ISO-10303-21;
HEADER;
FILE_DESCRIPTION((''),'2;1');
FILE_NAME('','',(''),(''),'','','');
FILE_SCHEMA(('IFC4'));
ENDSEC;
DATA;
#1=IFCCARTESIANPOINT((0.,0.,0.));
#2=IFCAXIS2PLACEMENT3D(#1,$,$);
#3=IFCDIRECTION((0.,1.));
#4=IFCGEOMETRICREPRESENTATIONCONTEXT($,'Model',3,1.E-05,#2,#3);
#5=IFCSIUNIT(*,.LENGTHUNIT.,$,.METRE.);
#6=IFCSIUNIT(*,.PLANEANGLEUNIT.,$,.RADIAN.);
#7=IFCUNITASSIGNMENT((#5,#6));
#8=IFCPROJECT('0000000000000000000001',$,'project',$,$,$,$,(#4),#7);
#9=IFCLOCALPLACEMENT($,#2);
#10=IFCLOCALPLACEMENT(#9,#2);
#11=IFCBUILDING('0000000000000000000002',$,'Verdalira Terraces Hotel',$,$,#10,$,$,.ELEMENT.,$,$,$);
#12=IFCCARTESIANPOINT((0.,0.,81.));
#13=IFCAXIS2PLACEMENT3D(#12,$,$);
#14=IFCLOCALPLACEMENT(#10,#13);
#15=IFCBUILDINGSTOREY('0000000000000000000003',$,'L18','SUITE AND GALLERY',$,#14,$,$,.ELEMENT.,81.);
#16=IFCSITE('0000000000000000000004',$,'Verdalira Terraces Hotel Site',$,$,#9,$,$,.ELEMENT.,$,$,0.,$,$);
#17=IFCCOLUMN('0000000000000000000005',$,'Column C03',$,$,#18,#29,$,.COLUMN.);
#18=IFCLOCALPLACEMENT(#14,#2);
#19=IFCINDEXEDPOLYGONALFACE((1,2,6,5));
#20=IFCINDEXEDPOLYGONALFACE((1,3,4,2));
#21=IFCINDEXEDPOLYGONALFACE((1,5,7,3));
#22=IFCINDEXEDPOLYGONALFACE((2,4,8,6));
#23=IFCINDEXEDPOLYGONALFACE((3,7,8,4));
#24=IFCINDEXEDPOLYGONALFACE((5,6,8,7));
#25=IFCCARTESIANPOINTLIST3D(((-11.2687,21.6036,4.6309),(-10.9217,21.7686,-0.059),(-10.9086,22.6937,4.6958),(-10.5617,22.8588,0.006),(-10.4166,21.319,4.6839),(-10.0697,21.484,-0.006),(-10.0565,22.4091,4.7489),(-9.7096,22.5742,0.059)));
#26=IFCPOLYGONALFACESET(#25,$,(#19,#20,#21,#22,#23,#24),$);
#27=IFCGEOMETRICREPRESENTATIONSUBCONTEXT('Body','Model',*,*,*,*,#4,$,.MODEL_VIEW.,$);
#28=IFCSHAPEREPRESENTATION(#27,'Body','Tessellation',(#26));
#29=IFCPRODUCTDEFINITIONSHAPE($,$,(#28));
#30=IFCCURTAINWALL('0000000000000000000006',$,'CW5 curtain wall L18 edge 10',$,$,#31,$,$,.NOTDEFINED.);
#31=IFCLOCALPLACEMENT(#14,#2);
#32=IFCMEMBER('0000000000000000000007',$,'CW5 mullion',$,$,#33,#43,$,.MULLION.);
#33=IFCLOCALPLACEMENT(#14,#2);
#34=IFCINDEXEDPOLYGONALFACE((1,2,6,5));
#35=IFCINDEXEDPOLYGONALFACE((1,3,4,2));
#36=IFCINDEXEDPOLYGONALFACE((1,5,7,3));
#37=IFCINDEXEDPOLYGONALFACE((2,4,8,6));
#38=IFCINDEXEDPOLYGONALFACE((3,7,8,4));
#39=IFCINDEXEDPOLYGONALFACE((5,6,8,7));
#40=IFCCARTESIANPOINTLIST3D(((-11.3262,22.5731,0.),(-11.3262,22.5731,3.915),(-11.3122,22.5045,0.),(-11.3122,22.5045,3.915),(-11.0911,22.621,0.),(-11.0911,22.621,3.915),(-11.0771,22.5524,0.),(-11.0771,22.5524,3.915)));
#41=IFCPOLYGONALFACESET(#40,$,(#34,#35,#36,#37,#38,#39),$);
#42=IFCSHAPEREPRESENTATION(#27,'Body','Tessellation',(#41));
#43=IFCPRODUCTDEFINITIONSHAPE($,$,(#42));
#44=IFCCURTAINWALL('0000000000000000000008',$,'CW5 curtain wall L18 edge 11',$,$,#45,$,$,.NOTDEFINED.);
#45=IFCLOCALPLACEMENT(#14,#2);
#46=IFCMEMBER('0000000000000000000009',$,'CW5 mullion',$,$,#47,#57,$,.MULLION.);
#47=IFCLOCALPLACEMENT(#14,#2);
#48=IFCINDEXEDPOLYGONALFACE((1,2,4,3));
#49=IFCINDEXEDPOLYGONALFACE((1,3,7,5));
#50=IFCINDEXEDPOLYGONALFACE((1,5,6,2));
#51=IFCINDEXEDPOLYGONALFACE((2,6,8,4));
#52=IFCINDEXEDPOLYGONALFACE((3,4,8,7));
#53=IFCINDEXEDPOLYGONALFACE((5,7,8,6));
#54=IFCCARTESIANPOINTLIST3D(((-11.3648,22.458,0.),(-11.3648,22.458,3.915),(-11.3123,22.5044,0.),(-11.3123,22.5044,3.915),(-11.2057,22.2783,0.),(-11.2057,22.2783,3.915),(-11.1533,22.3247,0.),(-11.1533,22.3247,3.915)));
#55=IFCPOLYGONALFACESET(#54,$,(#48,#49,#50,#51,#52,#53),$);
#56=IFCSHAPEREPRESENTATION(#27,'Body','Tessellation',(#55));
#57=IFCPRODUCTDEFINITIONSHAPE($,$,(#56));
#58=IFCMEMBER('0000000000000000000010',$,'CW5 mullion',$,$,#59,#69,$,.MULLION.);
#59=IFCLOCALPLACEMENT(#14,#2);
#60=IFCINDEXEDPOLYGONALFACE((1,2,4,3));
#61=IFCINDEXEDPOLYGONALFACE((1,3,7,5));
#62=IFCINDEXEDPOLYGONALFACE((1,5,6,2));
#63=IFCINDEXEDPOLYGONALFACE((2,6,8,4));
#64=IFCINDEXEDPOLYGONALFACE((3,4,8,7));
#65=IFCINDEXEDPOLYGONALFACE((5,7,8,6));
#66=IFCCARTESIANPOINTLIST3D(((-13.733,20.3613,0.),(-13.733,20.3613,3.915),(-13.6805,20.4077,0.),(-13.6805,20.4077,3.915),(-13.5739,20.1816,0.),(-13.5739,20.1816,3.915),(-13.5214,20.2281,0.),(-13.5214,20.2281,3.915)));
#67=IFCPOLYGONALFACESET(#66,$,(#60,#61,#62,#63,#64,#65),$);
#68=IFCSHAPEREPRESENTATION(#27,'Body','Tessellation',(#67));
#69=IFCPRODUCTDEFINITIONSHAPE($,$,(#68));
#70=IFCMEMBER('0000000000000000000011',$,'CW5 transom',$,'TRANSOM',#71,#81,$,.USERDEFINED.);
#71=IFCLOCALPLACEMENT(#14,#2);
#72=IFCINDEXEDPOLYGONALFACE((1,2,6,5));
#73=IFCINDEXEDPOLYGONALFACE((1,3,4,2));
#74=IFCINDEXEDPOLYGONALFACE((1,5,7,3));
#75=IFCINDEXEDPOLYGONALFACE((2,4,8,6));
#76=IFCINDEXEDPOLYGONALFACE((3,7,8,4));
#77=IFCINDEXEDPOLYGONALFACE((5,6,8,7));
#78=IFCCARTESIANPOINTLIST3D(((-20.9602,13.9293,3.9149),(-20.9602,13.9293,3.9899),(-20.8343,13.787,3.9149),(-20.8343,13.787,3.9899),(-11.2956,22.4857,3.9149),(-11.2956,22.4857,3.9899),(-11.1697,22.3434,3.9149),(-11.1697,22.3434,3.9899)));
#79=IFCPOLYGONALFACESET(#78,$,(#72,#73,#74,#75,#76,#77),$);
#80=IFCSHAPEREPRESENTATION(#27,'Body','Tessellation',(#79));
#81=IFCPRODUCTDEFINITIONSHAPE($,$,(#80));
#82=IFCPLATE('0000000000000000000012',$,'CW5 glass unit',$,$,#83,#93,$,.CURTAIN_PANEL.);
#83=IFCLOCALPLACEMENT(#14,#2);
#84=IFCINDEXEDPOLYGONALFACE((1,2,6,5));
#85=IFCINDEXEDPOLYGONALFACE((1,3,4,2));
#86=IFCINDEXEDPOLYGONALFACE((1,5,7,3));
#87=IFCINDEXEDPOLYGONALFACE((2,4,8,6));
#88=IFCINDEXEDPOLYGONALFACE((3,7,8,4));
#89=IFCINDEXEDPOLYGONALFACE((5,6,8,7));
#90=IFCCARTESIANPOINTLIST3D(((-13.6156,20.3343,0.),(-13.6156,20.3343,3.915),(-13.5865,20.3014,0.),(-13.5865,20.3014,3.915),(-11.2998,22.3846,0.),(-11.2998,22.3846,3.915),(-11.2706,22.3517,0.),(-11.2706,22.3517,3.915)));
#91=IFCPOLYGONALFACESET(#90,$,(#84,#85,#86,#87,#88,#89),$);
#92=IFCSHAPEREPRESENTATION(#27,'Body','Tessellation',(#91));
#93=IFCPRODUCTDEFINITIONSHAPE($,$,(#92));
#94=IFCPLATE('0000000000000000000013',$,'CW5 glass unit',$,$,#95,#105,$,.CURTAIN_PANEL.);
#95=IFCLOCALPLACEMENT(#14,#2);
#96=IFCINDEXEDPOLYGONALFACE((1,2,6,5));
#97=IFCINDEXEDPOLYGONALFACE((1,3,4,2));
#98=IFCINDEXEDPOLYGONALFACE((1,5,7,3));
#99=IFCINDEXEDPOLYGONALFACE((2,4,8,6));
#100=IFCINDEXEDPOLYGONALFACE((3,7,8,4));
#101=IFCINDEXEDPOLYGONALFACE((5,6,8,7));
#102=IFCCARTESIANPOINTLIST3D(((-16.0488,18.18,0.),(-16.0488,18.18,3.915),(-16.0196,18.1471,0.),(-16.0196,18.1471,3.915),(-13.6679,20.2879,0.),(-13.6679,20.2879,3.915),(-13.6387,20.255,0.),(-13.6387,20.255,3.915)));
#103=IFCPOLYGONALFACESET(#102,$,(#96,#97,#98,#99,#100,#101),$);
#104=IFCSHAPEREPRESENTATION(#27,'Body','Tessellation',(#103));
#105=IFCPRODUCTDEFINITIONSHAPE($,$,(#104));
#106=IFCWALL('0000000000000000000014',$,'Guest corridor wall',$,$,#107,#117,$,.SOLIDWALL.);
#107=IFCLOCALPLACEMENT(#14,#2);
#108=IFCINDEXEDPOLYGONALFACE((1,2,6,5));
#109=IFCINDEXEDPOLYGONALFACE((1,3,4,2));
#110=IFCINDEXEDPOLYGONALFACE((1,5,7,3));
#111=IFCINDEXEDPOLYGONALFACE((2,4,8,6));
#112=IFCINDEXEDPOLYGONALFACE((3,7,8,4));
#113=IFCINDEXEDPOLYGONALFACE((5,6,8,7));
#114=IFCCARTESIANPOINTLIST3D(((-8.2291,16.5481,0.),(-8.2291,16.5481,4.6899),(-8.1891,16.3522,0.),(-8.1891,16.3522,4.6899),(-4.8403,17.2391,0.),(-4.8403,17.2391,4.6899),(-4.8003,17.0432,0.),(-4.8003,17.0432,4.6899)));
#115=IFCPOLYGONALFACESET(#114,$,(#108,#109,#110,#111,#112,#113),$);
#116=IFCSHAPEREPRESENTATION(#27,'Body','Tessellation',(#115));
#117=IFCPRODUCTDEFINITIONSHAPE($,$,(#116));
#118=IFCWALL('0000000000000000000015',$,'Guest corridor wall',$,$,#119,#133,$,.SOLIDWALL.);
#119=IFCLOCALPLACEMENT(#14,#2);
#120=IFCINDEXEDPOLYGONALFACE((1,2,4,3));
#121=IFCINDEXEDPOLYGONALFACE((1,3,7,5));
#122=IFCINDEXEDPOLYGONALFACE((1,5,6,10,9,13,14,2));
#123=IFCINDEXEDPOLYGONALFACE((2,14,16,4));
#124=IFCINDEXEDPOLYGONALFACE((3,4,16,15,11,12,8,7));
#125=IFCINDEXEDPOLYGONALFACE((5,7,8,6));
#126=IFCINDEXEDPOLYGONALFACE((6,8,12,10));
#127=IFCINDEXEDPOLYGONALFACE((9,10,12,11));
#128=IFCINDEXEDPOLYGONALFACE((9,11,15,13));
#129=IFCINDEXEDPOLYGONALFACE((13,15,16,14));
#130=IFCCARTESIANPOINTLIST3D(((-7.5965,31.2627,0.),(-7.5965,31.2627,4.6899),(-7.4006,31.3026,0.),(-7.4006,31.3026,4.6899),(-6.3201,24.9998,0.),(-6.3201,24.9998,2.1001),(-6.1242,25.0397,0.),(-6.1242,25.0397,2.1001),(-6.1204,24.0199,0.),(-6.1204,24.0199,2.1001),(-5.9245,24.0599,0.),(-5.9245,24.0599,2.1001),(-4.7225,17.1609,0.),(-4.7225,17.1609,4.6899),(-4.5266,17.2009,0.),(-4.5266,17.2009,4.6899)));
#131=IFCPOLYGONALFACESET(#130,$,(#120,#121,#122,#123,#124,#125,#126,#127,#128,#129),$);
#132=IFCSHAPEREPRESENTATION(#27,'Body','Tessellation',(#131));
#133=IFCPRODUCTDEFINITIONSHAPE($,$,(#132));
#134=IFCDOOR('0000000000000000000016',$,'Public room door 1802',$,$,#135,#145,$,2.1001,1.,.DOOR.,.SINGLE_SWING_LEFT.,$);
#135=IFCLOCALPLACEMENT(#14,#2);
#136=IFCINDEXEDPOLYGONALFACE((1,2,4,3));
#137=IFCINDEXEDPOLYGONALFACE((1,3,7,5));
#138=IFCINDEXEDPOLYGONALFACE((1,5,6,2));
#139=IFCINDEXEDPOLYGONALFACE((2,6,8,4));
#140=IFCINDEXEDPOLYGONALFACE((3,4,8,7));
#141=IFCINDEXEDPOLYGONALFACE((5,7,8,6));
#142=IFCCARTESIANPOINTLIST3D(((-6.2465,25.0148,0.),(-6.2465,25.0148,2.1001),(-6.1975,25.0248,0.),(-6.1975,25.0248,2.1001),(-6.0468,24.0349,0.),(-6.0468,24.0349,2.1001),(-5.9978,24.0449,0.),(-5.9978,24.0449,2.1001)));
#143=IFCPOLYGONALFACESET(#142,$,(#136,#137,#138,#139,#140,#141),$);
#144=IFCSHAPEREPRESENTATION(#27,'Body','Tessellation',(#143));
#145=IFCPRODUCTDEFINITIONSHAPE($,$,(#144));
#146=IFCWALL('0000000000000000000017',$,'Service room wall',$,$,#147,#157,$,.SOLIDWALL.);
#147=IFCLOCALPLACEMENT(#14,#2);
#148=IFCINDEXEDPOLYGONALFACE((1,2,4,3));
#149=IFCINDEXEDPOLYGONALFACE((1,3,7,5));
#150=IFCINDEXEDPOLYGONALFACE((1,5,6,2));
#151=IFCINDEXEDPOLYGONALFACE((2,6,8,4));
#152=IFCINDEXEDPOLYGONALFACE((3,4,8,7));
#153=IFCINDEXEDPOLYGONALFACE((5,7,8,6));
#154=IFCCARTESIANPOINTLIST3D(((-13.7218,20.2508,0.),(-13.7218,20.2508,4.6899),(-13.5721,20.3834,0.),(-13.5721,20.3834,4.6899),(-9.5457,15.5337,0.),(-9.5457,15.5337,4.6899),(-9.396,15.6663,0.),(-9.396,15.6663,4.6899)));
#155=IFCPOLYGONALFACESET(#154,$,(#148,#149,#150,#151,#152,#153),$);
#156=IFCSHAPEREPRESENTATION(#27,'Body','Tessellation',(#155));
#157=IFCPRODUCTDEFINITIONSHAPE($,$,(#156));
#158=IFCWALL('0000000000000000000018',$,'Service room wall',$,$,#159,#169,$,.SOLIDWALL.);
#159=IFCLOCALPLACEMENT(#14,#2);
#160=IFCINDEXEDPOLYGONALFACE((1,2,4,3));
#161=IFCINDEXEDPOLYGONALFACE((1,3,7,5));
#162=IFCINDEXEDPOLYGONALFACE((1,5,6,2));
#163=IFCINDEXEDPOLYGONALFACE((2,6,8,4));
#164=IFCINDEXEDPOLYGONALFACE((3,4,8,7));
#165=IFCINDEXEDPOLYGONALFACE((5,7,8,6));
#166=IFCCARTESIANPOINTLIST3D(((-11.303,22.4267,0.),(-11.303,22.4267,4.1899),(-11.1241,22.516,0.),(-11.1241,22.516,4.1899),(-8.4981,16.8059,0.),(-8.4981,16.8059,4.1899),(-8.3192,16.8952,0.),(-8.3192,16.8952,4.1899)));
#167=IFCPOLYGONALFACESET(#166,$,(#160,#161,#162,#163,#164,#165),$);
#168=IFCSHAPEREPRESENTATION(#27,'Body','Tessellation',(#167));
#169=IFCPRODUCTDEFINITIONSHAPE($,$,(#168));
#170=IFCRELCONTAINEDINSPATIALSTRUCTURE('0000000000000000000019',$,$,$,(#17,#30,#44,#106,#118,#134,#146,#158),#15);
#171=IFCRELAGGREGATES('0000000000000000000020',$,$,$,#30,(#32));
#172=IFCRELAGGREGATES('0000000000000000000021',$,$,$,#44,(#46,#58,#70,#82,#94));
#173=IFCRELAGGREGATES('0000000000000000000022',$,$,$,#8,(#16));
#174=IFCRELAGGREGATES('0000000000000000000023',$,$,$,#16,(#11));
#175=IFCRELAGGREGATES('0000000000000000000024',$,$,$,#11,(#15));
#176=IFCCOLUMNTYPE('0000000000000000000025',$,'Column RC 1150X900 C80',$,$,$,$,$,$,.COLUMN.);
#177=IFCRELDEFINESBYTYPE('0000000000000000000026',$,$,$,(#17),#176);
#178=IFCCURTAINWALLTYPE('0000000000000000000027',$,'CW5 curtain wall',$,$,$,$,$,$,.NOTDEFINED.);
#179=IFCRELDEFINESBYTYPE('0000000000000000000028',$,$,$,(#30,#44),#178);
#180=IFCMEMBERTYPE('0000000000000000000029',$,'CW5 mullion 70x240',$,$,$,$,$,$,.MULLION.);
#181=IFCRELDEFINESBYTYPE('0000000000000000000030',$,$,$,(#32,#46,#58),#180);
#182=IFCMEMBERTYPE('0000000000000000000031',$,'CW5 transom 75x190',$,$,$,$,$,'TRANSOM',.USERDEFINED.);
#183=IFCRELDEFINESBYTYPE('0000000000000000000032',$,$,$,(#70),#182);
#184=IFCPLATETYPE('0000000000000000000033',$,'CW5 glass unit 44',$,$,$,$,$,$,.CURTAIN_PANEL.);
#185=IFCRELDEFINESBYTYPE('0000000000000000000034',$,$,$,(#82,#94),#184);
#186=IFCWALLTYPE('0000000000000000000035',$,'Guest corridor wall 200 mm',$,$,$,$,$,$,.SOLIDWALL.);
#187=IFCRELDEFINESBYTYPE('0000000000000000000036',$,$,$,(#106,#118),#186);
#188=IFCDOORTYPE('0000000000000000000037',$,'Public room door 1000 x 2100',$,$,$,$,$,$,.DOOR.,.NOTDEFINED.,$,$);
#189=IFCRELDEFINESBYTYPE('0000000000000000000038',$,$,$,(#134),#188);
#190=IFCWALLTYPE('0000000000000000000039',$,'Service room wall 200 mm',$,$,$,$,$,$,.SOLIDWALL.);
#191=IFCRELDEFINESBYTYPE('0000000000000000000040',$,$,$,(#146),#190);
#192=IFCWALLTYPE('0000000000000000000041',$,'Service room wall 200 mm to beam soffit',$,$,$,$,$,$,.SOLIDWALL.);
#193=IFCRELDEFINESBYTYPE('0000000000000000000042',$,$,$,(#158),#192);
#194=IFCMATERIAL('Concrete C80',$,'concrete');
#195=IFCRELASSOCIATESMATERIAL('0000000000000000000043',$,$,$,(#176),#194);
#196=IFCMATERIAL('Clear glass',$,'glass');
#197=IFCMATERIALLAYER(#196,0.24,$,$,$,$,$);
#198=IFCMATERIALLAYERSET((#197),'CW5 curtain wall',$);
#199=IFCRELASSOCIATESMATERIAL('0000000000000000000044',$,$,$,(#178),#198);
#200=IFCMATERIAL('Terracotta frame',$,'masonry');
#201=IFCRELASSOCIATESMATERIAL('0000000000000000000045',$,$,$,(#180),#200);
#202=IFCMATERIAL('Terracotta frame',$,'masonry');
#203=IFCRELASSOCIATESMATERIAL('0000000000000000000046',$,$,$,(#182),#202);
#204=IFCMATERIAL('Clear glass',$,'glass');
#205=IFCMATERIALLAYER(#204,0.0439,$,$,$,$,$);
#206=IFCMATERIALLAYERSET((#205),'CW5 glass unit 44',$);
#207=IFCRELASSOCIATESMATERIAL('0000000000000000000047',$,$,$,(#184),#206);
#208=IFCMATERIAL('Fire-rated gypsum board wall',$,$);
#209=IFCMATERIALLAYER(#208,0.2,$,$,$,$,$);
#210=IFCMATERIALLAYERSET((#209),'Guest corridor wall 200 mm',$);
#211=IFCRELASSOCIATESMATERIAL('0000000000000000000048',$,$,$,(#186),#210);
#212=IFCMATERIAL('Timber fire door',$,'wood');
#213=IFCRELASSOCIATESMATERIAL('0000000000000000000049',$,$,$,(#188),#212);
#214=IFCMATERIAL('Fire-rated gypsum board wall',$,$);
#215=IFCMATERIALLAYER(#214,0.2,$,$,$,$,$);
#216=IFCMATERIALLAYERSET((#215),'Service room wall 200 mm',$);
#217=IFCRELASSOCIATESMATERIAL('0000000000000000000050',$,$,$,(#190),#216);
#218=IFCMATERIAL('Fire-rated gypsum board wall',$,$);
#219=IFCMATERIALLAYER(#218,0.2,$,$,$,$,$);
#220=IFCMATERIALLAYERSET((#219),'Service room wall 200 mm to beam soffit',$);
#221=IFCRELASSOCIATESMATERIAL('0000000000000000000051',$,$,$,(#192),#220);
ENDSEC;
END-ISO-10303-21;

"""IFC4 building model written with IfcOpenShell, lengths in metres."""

from ifc_helpers import new_model, si_unit, direction, frame, frame_2d, origin, origin_2d, place, context, subcontext, project, spatial, rectangle, extrude, material, layer, layer_set, material_profile, profile_set, type_object, element, fill, aggregate, save


model = new_model("IFC4")

# Units and contexts
model_context = context("Model", 3, precision=1e-05, world=origin(), true_north=direction((0.0, 1.0)))
body_context = subcontext(model_context, "Body", "Model", "MODEL_VIEW")
ifc_project = project(units=[si_unit("LENGTHUNIT", "METRE"), si_unit("PLANEANGLEUNIT", "RADIAN")], contexts=[model_context])

# Site, building, storey
site_placement = place(None, origin())
site = spatial("IfcSite", under=ifc_project, at=site_placement, Name="Verdalira Terraces Hotel Site", CompositionType="ELEMENT", RefElevation=0.0)
building_placement = place(site_placement, origin())
building = spatial("IfcBuilding", under=site, at=building_placement, Name="Verdalira Terraces Hotel", CompositionType="ELEMENT")
storey_placement = place(building_placement, frame((0.0, 0.0, 81.0)))
storey = spatial("IfcBuildingStorey", under=building, at=storey_placement, Name="L18", Description="SUITE AND GALLERY", CompositionType="ELEMENT", Elevation=81.0)

# Column
ifc_material_1 = material(Name="Concrete C80", Category="concrete")
ifc_material_profile_1 = material_profile(ifc_material_1, rectangle(XDim=1.1499, YDim=0.8999, at=origin_2d()), Name="RC 1150X900")
ifc_profile_set_1 = profile_set([ifc_material_profile_1], Name="Concrete C80")
column_type = type_object("IfcColumnType", Name="Column RC 1150X900 C80", PredefinedType="COLUMN", material=ifc_profile_set_1)
column_placement = place(storey_placement, frame((-10.3157, 22.1714, 0.0), z_axis=(-0.073725, -0.035073, 0.996662), x_axis=(0.313129, 0.948027, 0.056524)))
element("IfcColumn", 1, at=column_placement, inside=storey, type_object=column_type, Name="Column C03", PredefinedType="COLUMN", context=body_context, shape_type="SweptSolid", body=[
    extrude(rectangle(XDim=1.1499, YDim=0.8999, at=origin_2d()), origin(), (0.0, 0.0, 1.0), 4.7056),
])

# Curtain wall, member
ifc_material_2 = material(Name="Clear glass", Category="glass")
ifc_layer_1 = layer(ifc_material_2, 0.24)
ifc_layer_set_1 = layer_set([ifc_layer_1], Name="CW5 curtain wall")
curtain_wall_type = type_object("IfcCurtainWallType", Name="CW5 curtain wall", PredefinedType="NOTDEFINED", material=ifc_layer_set_1)
curtain_wall_1_placement = place(storey_placement, origin())
curtain_wall_1 = element("IfcCurtainWall", 2, at=curtain_wall_1_placement, inside=storey, type_object=curtain_wall_type, Name="CW5 curtain wall L18 edge 10", PredefinedType="NOTDEFINED")
ifc_material_3 = material(Name="Terracotta frame", Category="masonry")
ifc_material_profile_2 = material_profile(ifc_material_3, rectangle(XDim=0.0701, YDim=0.24, at=origin_2d()), Name="MU 70x240")
ifc_profile_set_2 = profile_set([ifc_material_profile_2], Name="Terracotta frame")
member_type_1 = type_object("IfcMemberType", Name="CW5 mullion 70x240", PredefinedType="MULLION", material=ifc_profile_set_2)
member_1_placement = place(storey_placement, frame((-11.2017, 22.5627, 0.0), z_axis=(0.0, 0.0, 1.0), x_axis=(0.19971, -0.979855, 0.0)))
member_1 = element("IfcMember", 3, at=member_1_placement, type_object=member_type_1, Name="CW5 mullion", PredefinedType="MULLION", context=body_context, shape_type="SweptSolid", body=[
    extrude(rectangle(XDim=0.0701, YDim=0.24, at=origin_2d()), origin(), (0.0, 0.0, 1.0), 3.915),
])
aggregate(curtain_wall_1, [member_1])

# Curtain wall, members, plates
curtain_wall_2_placement = place(storey_placement, origin())
curtain_wall_2 = element("IfcCurtainWall", 4, at=curtain_wall_2_placement, inside=storey, type_object=curtain_wall_type, Name="CW5 curtain wall L18 edge 11", PredefinedType="NOTDEFINED")
member_2_placement = place(storey_placement, frame((-11.259, 22.3914, 0.0), z_axis=(0.0, 0.0, 1.0), x_axis=(-0.748724, -0.662881, 0.0)))
member_2 = element("IfcMember", 5, at=member_2_placement, type_object=member_type_1, Name="CW5 mullion", PredefinedType="MULLION", context=body_context, shape_type="SweptSolid", body=[
    extrude(rectangle(XDim=0.0701, YDim=0.24, at=origin_2d()), origin(), (0.0, 0.0, 1.0), 3.915),
])
member_3_placement = place(storey_placement, frame((-13.6272, 20.2947, 0.0), z_axis=(0.0, 0.0, 1.0), x_axis=(-0.748724, -0.662881, 0.0)))
member_3 = element("IfcMember", 6, at=member_3_placement, type_object=member_type_1, Name="CW5 mullion", PredefinedType="MULLION", context=body_context, shape_type="SweptSolid", body=[
    extrude(rectangle(XDim=0.0701, YDim=0.24, at=origin_2d()), origin(), (0.0, 0.0, 1.0), 3.915),
])
ifc_material_4 = material(Name="Terracotta frame", Category="masonry")
ifc_material_profile_3 = material_profile(ifc_material_4, rectangle(XDim=0.1899, YDim=0.075, at=origin_2d()), Name="TR 75x190")
ifc_profile_set_3 = profile_set([ifc_material_profile_3], Name="Terracotta frame")
member_type_2 = type_object("IfcMemberType", Name="CW5 transom 75x190", ElementType="TRANSOM", PredefinedType="USERDEFINED", material=ifc_profile_set_3)
member_4_placement = place(storey_placement, frame((-11.2327, 22.4146, 3.9524), z_axis=(-0.748728, -0.662877, 0.0), x_axis=(0.662877, -0.748728, 0.0)))
member_4 = element("IfcMember", 7, at=member_4_placement, type_object=member_type_2, Name="CW5 transom", ObjectType="TRANSOM", PredefinedType="USERDEFINED", context=body_context, shape_type="SweptSolid", body=[
    extrude(rectangle(XDim=0.1899, YDim=0.075, at=origin_2d()), origin(), (0.0, 0.0, 1.0), 12.908),
])
ifc_material_5 = material(Name="Clear glass", Category="glass")
ifc_layer_2 = layer(ifc_material_5, 0.0439)
ifc_layer_set_2 = layer_set([ifc_layer_2], Name="CW5 glass unit 44")
plate_type = type_object("IfcPlateType", Name="CW5 glass unit 44", PredefinedType="CURTAIN_PANEL", material=ifc_layer_set_2)
plate_1_placement = place(storey_placement, frame((-12.4431, 21.343, 0.0), z_axis=(0.0, 0.0, 1.0), x_axis=(-0.748724, -0.662881, 0.0)))
plate_1 = element("IfcPlate", 8, at=plate_1_placement, type_object=plate_type, Name="CW5 glass unit", PredefinedType="CURTAIN_PANEL", context=body_context, shape_type="SweptSolid", body=[
    extrude(rectangle(XDim=3.093, YDim=0.0439, at=origin_2d()), origin(), (0.0, 0.0, 1.0), 3.915),
])
plate_2_placement = place(storey_placement, frame((-14.8438, 19.2175, 0.0), z_axis=(0.0, 0.0, 1.0), x_axis=(-0.748724, -0.662881, 0.0)))
plate_2 = element("IfcPlate", 9, at=plate_2_placement, type_object=plate_type, Name="CW5 glass unit", PredefinedType="CURTAIN_PANEL", context=body_context, shape_type="SweptSolid", body=[
    extrude(rectangle(XDim=3.1799, YDim=0.0439, at=origin_2d()), origin(), (0.0, 0.0, 1.0), 3.915),
])
aggregate(curtain_wall_2, [member_2, member_3, member_4, plate_1, plate_2])

# Wall
ifc_material_6 = material(Name="Fire-rated gypsum board wall")
ifc_layer_3 = layer(ifc_material_6, 0.2)
ifc_layer_set_3 = layer_set([ifc_layer_3], Name="Guest corridor wall 200 mm")
wall_type_1 = type_object("IfcWallType", Name="Guest corridor wall 200 mm", PredefinedType="SOLIDWALL", material=ifc_layer_set_3)
wall_1_placement = place(storey_placement, frame((-4.8203, 17.1411, 0.0), z_axis=(0.0, 0.0, 1.0), x_axis=(-0.979841, -0.19978, 0.0)))
element("IfcWall", 10, at=wall_1_placement, inside=storey, type_object=wall_type_1, Name="Guest corridor wall", PredefinedType="SOLIDWALL", context=body_context, shape_type="SweptSolid", body=[
    extrude(rectangle(XDim=3.4585, YDim=0.2, at=frame_2d((1.7292, 0.0))), origin(), (0.0, 0.0, 1.0), 4.6899),
])

# Wall, opening, door
wall_2_placement = place(storey_placement, frame((-4.6245, 17.1809, 0.0), z_axis=(0.0, 0.0, 1.0), x_axis=(-0.1997, 0.979857, 0.0)))
wall_2 = element("IfcWall", 11, at=wall_2_placement, inside=storey, type_object=wall_type_1, Name="Guest corridor wall", PredefinedType="SOLIDWALL", context=body_context, shape_type="SweptSolid", body=[
    extrude(rectangle(XDim=14.3916, YDim=0.2, at=frame_2d((7.1958, 0.0))), origin(), (0.0, 0.0, 1.0), 4.6899),
])
opening_placement = place(wall_2_placement, frame((7.0, 0.0, 0.0)))
opening = element("IfcOpeningElement", 12, at=opening_placement, cuts=wall_2, PredefinedType="OPENING", context=body_context, shape_type="SweptSolid", body=[
    extrude(rectangle(XDim=1.0, YDim=2.1001, at=frame_2d((0.5, 1.05))), frame((0.0, 0.1099, 0.0), z_axis=(0.0, -1.0, 0.0), x_axis=(1.0, 0.0, 0.0)), (0.0, 0.0, 1.0), 0.22),
])
ifc_material_7 = material(Name="Timber fire door", Category="wood")
door_type = type_object("IfcDoorType", Name="Public room door 1000 x 2100", OperationType="NOTDEFINED", PredefinedType="DOOR", material=ifc_material_7)
door_placement = place(opening_placement, origin())
door = element("IfcDoor", 13, at=door_placement, inside=storey, type_object=door_type, Name="Public room door 1802", OperationType="SINGLE_SWING_LEFT", OverallHeight=2.1001, OverallWidth=1.0, PredefinedType="DOOR", context=body_context, shape_type="SweptSolid", body=[
    extrude(rectangle(XDim=1.0, YDim=2.1001, at=frame_2d((0.5, 1.05))), frame((0.0, 0.0249, 0.0), z_axis=(0.0, -1.0, 0.0), x_axis=(1.0, 0.0, 0.0)), (0.0, 0.0, 1.0), 0.05),
])
fill(opening, door)

# Walls
ifc_material_8 = material(Name="Fire-rated gypsum board wall")
ifc_layer_4 = layer(ifc_material_8, 0.2)
ifc_layer_set_4 = layer_set([ifc_layer_4], Name="Service room wall 200 mm")
wall_type_2 = type_object("IfcWallType", Name="Service room wall 200 mm", PredefinedType="SOLIDWALL", material=ifc_layer_set_4)
wall_3_placement = place(storey_placement, frame((-9.4709, 15.6001, 0.0), z_axis=(0.0, 0.0, 1.0), x_axis=(-0.662864, 0.74874, 0.0)))
element("IfcWall", 14, at=wall_3_placement, inside=storey, type_object=wall_type_2, Name="Service room wall", PredefinedType="SOLIDWALL", context=body_context, shape_type="SweptSolid", body=[
    extrude(rectangle(XDim=6.3, YDim=0.2, at=frame_2d((3.1499, 0.0))), origin(), (0.0, 0.0, 1.0), 4.6899),
])
ifc_material_9 = material(Name="Fire-rated gypsum board wall")
ifc_layer_5 = layer(ifc_material_9, 0.2)
ifc_layer_set_5 = layer_set([ifc_layer_5], Name="Service room wall 200 mm to beam soffit")
wall_type_3 = type_object("IfcWallType", Name="Service room wall 200 mm to beam soffit", PredefinedType="SOLIDWALL", material=ifc_layer_set_5)
wall_4_placement = place(storey_placement, frame((-8.4087, 16.8506, 0.0), z_axis=(0.0, 0.0, 1.0), x_axis=(-0.446514, 0.894777, 0.0)))
element("IfcWall", 15, at=wall_4_placement, inside=storey, type_object=wall_type_3, Name="Service room wall", PredefinedType="SOLIDWALL", context=body_context, shape_type="SweptSolid", body=[
    extrude(rectangle(XDim=6.2817, YDim=0.2, at=frame_2d((3.1409, 0.0))), origin(), (0.0, 0.0, 1.0), 4.1899),
])

save(model, "model.ifc")
